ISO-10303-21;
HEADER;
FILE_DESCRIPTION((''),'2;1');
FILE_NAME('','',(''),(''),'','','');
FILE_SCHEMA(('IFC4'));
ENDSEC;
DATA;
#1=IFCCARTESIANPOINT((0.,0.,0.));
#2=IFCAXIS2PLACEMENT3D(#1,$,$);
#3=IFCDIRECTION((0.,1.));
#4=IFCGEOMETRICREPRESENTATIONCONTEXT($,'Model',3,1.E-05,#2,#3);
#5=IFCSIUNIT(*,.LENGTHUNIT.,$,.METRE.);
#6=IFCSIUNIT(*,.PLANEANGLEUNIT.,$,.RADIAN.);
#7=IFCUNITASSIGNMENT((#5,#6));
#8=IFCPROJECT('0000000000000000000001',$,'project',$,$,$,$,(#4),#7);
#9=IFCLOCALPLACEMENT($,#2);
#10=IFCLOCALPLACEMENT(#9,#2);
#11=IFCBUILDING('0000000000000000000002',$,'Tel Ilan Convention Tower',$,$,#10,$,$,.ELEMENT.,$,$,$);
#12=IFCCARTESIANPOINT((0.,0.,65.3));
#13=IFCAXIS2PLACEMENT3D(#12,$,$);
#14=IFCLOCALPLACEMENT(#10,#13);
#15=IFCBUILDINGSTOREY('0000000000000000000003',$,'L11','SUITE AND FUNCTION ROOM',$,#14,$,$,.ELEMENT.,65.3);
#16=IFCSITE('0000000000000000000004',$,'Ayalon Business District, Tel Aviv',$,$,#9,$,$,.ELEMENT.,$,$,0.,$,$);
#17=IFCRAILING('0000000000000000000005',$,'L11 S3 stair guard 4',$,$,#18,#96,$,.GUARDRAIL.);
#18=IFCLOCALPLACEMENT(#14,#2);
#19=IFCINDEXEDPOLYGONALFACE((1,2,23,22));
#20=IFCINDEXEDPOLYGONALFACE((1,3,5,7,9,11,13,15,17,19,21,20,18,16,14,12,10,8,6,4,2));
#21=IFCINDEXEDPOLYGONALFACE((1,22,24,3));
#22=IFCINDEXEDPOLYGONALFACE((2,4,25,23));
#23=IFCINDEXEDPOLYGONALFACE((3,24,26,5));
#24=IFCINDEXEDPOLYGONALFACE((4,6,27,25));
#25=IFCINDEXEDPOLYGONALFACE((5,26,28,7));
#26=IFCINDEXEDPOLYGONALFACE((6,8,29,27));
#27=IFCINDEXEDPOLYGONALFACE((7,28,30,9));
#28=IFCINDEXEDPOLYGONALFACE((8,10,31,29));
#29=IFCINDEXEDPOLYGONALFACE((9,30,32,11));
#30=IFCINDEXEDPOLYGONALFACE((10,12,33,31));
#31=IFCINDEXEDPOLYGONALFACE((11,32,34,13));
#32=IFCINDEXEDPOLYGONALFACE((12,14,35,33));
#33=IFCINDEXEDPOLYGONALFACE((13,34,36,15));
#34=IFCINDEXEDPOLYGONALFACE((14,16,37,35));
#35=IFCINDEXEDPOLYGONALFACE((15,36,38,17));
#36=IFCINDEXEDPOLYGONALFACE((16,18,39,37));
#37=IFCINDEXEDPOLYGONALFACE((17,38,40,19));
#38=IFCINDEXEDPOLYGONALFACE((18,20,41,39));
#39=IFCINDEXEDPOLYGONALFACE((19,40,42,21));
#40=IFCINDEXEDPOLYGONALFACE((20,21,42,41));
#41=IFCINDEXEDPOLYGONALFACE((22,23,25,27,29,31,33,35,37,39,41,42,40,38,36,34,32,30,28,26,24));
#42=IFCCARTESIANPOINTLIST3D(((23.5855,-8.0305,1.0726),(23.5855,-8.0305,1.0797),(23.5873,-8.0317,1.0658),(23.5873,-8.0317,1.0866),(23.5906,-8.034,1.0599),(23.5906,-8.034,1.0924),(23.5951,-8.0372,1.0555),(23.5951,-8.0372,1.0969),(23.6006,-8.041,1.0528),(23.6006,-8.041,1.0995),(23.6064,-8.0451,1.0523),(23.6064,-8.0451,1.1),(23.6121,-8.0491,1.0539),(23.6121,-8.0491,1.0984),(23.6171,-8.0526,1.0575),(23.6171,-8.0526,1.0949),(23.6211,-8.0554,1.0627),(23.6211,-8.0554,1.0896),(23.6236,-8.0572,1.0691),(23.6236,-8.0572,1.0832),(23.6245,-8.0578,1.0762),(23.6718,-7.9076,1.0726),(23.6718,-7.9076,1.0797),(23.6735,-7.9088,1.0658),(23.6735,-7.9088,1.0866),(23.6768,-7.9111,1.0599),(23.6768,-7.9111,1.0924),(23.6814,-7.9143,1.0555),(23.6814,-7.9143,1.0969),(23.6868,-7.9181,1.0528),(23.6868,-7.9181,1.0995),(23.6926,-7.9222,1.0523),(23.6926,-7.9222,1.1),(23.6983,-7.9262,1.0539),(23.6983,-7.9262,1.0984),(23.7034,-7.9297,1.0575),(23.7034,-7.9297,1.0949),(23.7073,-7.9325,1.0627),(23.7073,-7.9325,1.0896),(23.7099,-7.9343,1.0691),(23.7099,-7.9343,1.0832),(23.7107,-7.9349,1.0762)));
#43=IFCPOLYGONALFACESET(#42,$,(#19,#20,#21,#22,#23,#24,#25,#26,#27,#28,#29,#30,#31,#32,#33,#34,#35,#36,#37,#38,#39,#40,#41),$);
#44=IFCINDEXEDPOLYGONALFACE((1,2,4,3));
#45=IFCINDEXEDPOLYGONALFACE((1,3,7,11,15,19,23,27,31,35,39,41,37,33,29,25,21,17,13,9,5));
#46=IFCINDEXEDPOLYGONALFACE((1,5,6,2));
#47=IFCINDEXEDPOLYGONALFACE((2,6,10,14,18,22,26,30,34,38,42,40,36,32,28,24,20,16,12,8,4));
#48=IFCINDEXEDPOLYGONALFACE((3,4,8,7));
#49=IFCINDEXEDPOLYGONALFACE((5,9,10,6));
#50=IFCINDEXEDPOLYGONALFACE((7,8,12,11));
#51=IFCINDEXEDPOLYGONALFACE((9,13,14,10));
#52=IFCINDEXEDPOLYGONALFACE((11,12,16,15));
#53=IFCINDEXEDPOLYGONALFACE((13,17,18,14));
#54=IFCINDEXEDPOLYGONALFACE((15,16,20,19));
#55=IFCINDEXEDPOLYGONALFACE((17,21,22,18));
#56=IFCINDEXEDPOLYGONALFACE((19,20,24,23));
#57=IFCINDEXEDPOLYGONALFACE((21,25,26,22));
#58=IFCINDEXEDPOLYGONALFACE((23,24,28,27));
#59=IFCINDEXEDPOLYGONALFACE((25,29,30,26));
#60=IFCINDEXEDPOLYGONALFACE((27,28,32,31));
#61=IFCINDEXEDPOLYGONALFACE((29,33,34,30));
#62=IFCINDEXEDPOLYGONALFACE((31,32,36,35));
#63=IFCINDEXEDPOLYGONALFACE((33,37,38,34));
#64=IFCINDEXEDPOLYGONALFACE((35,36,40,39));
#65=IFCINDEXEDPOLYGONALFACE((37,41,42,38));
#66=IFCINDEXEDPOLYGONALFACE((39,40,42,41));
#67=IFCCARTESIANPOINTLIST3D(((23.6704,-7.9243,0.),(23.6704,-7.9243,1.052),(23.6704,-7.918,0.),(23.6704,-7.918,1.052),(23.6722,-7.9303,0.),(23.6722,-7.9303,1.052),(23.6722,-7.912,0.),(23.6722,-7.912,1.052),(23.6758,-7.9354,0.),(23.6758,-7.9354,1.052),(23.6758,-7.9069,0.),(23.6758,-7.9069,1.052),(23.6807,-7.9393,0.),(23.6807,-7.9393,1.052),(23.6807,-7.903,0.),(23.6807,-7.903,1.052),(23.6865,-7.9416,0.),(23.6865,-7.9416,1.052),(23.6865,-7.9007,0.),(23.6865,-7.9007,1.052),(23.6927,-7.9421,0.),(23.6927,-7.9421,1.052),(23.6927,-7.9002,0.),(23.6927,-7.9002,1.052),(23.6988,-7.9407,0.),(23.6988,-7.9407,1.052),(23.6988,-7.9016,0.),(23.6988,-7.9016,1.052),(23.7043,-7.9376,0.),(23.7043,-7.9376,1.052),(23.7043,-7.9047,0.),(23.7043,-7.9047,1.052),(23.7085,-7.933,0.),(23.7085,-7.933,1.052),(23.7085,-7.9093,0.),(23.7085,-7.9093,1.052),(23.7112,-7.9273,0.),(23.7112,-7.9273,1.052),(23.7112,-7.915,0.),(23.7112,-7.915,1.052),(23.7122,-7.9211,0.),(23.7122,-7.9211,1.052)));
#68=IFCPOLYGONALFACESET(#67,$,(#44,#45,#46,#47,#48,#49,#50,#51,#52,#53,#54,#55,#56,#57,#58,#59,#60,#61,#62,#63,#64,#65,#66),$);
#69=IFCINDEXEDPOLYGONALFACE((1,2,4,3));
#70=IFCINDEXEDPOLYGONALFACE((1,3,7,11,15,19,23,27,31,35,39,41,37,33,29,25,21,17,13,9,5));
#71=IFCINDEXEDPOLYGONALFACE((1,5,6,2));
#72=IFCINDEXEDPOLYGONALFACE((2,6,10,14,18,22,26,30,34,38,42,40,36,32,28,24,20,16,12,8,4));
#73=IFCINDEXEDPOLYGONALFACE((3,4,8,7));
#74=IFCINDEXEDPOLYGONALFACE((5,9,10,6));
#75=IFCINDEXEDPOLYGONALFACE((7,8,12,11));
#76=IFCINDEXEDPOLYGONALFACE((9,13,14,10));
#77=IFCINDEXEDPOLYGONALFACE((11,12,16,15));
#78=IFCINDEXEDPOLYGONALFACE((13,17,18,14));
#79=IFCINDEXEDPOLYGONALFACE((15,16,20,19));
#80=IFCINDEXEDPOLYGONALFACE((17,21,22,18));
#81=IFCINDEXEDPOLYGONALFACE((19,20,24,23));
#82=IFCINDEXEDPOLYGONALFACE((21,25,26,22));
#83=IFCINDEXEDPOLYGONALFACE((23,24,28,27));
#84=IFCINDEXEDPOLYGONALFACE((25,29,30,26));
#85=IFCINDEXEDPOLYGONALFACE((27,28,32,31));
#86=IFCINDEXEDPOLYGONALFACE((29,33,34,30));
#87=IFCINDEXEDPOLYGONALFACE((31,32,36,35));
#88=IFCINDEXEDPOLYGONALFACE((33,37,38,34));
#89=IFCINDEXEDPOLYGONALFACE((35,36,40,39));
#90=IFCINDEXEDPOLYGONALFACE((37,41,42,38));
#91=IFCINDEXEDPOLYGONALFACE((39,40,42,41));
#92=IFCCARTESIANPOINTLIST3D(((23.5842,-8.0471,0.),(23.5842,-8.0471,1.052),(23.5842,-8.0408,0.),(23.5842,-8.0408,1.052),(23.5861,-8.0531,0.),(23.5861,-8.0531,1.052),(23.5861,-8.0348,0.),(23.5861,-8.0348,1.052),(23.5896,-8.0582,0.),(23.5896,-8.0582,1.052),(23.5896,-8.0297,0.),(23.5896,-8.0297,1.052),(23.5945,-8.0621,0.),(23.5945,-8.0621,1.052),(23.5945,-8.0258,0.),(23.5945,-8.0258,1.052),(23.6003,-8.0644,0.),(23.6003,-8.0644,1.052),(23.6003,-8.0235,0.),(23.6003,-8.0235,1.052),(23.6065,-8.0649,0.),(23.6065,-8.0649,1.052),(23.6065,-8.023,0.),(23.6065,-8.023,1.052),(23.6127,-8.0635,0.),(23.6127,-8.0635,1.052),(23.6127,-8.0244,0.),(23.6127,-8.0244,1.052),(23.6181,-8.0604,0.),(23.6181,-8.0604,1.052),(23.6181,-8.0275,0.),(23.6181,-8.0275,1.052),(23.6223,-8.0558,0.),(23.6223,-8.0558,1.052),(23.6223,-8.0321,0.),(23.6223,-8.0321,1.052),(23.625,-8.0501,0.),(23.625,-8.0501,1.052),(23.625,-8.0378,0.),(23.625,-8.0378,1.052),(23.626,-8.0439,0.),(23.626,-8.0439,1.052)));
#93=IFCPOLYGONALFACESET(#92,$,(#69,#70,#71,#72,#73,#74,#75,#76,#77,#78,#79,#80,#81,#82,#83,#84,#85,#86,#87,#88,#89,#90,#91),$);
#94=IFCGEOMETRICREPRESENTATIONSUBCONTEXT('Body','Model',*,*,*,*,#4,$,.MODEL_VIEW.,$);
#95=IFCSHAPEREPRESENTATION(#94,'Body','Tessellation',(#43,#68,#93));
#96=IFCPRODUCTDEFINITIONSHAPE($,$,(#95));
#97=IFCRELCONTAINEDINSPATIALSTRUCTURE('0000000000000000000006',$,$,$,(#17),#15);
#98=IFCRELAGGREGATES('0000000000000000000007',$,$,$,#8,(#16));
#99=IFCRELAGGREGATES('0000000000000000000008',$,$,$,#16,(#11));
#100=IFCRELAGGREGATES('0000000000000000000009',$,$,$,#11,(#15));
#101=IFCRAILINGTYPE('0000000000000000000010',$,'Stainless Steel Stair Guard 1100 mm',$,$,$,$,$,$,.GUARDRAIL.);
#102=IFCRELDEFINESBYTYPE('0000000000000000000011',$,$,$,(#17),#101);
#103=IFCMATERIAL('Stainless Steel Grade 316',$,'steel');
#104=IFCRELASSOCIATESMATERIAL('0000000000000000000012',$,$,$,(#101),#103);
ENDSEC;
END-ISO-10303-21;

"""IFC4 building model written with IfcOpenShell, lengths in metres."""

from ifc_helpers import new_model, si_unit, direction, frame, origin, origin_2d, place, context, subcontext, project, spatial, circle, extrude, material, type_object, element, save


model = new_model("IFC4")

# Units and contexts
model_context = context("Model", 3, precision=1e-05, world=origin(), true_north=direction((0.0, 1.0)))
body_context = subcontext(model_context, "Body", "Model", "MODEL_VIEW")
ifc_project = project(units=[si_unit("LENGTHUNIT", "METRE"), si_unit("PLANEANGLEUNIT", "RADIAN")], contexts=[model_context])

# Site, building, storey
site_placement = place(None, origin())
site = spatial("IfcSite", under=ifc_project, at=site_placement, Name="Ayalon Business District, Tel Aviv", CompositionType="ELEMENT", RefElevation=0.0)
building_placement = place(site_placement, origin())
building = spatial("IfcBuilding", under=site, at=building_placement, Name="Tel Ilan Convention Tower", CompositionType="ELEMENT")
storey_placement = place(building_placement, frame((0.0, 0.0, 65.3)))
storey = spatial("IfcBuildingStorey", under=building, at=storey_placement, Name="L11", Description="SUITE AND FUNCTION ROOM", CompositionType="ELEMENT", Elevation=65.3)

# Railing
ifc_material_1 = material(Name="Stainless Steel Grade 316", Category="steel")
railing_type_1 = type_object("IfcRailingType", Name="Stainless Steel Stair Guard 1100 mm", PredefinedType="GUARDRAIL", material=ifc_material_1)
railing_1_placement = place(storey_placement, frame((23.6912, -7.9211, 0.0)))
element("IfcRailing", 1, at=railing_1_placement, inside=storey, type_object=railing_type_1, Name="L11 S3 stair guard 4", PredefinedType="GUARDRAIL", context=body_context, shape_type="SweptSolid", body=[
    extrude(circle(Radius=0.0239, at=origin_2d()), frame((0.0, 0.0, 1.0762), z_axis=(-0.574445, -0.818543, 0.0), x_axis=(0.818543, -0.574445, 0.0)), (0.0, 0.0, 1.0), 0.1501),
    extrude(circle(Radius=0.021, at=origin_2d()), origin(), (0.0, 0.0, 1.0), 1.052),
    extrude(circle(Radius=0.021, at=origin_2d()), frame((-0.0862, -0.1228, 0.0)), (0.0, 0.0, 1.0), 1.052),
])

save(model, "model.ifc")
